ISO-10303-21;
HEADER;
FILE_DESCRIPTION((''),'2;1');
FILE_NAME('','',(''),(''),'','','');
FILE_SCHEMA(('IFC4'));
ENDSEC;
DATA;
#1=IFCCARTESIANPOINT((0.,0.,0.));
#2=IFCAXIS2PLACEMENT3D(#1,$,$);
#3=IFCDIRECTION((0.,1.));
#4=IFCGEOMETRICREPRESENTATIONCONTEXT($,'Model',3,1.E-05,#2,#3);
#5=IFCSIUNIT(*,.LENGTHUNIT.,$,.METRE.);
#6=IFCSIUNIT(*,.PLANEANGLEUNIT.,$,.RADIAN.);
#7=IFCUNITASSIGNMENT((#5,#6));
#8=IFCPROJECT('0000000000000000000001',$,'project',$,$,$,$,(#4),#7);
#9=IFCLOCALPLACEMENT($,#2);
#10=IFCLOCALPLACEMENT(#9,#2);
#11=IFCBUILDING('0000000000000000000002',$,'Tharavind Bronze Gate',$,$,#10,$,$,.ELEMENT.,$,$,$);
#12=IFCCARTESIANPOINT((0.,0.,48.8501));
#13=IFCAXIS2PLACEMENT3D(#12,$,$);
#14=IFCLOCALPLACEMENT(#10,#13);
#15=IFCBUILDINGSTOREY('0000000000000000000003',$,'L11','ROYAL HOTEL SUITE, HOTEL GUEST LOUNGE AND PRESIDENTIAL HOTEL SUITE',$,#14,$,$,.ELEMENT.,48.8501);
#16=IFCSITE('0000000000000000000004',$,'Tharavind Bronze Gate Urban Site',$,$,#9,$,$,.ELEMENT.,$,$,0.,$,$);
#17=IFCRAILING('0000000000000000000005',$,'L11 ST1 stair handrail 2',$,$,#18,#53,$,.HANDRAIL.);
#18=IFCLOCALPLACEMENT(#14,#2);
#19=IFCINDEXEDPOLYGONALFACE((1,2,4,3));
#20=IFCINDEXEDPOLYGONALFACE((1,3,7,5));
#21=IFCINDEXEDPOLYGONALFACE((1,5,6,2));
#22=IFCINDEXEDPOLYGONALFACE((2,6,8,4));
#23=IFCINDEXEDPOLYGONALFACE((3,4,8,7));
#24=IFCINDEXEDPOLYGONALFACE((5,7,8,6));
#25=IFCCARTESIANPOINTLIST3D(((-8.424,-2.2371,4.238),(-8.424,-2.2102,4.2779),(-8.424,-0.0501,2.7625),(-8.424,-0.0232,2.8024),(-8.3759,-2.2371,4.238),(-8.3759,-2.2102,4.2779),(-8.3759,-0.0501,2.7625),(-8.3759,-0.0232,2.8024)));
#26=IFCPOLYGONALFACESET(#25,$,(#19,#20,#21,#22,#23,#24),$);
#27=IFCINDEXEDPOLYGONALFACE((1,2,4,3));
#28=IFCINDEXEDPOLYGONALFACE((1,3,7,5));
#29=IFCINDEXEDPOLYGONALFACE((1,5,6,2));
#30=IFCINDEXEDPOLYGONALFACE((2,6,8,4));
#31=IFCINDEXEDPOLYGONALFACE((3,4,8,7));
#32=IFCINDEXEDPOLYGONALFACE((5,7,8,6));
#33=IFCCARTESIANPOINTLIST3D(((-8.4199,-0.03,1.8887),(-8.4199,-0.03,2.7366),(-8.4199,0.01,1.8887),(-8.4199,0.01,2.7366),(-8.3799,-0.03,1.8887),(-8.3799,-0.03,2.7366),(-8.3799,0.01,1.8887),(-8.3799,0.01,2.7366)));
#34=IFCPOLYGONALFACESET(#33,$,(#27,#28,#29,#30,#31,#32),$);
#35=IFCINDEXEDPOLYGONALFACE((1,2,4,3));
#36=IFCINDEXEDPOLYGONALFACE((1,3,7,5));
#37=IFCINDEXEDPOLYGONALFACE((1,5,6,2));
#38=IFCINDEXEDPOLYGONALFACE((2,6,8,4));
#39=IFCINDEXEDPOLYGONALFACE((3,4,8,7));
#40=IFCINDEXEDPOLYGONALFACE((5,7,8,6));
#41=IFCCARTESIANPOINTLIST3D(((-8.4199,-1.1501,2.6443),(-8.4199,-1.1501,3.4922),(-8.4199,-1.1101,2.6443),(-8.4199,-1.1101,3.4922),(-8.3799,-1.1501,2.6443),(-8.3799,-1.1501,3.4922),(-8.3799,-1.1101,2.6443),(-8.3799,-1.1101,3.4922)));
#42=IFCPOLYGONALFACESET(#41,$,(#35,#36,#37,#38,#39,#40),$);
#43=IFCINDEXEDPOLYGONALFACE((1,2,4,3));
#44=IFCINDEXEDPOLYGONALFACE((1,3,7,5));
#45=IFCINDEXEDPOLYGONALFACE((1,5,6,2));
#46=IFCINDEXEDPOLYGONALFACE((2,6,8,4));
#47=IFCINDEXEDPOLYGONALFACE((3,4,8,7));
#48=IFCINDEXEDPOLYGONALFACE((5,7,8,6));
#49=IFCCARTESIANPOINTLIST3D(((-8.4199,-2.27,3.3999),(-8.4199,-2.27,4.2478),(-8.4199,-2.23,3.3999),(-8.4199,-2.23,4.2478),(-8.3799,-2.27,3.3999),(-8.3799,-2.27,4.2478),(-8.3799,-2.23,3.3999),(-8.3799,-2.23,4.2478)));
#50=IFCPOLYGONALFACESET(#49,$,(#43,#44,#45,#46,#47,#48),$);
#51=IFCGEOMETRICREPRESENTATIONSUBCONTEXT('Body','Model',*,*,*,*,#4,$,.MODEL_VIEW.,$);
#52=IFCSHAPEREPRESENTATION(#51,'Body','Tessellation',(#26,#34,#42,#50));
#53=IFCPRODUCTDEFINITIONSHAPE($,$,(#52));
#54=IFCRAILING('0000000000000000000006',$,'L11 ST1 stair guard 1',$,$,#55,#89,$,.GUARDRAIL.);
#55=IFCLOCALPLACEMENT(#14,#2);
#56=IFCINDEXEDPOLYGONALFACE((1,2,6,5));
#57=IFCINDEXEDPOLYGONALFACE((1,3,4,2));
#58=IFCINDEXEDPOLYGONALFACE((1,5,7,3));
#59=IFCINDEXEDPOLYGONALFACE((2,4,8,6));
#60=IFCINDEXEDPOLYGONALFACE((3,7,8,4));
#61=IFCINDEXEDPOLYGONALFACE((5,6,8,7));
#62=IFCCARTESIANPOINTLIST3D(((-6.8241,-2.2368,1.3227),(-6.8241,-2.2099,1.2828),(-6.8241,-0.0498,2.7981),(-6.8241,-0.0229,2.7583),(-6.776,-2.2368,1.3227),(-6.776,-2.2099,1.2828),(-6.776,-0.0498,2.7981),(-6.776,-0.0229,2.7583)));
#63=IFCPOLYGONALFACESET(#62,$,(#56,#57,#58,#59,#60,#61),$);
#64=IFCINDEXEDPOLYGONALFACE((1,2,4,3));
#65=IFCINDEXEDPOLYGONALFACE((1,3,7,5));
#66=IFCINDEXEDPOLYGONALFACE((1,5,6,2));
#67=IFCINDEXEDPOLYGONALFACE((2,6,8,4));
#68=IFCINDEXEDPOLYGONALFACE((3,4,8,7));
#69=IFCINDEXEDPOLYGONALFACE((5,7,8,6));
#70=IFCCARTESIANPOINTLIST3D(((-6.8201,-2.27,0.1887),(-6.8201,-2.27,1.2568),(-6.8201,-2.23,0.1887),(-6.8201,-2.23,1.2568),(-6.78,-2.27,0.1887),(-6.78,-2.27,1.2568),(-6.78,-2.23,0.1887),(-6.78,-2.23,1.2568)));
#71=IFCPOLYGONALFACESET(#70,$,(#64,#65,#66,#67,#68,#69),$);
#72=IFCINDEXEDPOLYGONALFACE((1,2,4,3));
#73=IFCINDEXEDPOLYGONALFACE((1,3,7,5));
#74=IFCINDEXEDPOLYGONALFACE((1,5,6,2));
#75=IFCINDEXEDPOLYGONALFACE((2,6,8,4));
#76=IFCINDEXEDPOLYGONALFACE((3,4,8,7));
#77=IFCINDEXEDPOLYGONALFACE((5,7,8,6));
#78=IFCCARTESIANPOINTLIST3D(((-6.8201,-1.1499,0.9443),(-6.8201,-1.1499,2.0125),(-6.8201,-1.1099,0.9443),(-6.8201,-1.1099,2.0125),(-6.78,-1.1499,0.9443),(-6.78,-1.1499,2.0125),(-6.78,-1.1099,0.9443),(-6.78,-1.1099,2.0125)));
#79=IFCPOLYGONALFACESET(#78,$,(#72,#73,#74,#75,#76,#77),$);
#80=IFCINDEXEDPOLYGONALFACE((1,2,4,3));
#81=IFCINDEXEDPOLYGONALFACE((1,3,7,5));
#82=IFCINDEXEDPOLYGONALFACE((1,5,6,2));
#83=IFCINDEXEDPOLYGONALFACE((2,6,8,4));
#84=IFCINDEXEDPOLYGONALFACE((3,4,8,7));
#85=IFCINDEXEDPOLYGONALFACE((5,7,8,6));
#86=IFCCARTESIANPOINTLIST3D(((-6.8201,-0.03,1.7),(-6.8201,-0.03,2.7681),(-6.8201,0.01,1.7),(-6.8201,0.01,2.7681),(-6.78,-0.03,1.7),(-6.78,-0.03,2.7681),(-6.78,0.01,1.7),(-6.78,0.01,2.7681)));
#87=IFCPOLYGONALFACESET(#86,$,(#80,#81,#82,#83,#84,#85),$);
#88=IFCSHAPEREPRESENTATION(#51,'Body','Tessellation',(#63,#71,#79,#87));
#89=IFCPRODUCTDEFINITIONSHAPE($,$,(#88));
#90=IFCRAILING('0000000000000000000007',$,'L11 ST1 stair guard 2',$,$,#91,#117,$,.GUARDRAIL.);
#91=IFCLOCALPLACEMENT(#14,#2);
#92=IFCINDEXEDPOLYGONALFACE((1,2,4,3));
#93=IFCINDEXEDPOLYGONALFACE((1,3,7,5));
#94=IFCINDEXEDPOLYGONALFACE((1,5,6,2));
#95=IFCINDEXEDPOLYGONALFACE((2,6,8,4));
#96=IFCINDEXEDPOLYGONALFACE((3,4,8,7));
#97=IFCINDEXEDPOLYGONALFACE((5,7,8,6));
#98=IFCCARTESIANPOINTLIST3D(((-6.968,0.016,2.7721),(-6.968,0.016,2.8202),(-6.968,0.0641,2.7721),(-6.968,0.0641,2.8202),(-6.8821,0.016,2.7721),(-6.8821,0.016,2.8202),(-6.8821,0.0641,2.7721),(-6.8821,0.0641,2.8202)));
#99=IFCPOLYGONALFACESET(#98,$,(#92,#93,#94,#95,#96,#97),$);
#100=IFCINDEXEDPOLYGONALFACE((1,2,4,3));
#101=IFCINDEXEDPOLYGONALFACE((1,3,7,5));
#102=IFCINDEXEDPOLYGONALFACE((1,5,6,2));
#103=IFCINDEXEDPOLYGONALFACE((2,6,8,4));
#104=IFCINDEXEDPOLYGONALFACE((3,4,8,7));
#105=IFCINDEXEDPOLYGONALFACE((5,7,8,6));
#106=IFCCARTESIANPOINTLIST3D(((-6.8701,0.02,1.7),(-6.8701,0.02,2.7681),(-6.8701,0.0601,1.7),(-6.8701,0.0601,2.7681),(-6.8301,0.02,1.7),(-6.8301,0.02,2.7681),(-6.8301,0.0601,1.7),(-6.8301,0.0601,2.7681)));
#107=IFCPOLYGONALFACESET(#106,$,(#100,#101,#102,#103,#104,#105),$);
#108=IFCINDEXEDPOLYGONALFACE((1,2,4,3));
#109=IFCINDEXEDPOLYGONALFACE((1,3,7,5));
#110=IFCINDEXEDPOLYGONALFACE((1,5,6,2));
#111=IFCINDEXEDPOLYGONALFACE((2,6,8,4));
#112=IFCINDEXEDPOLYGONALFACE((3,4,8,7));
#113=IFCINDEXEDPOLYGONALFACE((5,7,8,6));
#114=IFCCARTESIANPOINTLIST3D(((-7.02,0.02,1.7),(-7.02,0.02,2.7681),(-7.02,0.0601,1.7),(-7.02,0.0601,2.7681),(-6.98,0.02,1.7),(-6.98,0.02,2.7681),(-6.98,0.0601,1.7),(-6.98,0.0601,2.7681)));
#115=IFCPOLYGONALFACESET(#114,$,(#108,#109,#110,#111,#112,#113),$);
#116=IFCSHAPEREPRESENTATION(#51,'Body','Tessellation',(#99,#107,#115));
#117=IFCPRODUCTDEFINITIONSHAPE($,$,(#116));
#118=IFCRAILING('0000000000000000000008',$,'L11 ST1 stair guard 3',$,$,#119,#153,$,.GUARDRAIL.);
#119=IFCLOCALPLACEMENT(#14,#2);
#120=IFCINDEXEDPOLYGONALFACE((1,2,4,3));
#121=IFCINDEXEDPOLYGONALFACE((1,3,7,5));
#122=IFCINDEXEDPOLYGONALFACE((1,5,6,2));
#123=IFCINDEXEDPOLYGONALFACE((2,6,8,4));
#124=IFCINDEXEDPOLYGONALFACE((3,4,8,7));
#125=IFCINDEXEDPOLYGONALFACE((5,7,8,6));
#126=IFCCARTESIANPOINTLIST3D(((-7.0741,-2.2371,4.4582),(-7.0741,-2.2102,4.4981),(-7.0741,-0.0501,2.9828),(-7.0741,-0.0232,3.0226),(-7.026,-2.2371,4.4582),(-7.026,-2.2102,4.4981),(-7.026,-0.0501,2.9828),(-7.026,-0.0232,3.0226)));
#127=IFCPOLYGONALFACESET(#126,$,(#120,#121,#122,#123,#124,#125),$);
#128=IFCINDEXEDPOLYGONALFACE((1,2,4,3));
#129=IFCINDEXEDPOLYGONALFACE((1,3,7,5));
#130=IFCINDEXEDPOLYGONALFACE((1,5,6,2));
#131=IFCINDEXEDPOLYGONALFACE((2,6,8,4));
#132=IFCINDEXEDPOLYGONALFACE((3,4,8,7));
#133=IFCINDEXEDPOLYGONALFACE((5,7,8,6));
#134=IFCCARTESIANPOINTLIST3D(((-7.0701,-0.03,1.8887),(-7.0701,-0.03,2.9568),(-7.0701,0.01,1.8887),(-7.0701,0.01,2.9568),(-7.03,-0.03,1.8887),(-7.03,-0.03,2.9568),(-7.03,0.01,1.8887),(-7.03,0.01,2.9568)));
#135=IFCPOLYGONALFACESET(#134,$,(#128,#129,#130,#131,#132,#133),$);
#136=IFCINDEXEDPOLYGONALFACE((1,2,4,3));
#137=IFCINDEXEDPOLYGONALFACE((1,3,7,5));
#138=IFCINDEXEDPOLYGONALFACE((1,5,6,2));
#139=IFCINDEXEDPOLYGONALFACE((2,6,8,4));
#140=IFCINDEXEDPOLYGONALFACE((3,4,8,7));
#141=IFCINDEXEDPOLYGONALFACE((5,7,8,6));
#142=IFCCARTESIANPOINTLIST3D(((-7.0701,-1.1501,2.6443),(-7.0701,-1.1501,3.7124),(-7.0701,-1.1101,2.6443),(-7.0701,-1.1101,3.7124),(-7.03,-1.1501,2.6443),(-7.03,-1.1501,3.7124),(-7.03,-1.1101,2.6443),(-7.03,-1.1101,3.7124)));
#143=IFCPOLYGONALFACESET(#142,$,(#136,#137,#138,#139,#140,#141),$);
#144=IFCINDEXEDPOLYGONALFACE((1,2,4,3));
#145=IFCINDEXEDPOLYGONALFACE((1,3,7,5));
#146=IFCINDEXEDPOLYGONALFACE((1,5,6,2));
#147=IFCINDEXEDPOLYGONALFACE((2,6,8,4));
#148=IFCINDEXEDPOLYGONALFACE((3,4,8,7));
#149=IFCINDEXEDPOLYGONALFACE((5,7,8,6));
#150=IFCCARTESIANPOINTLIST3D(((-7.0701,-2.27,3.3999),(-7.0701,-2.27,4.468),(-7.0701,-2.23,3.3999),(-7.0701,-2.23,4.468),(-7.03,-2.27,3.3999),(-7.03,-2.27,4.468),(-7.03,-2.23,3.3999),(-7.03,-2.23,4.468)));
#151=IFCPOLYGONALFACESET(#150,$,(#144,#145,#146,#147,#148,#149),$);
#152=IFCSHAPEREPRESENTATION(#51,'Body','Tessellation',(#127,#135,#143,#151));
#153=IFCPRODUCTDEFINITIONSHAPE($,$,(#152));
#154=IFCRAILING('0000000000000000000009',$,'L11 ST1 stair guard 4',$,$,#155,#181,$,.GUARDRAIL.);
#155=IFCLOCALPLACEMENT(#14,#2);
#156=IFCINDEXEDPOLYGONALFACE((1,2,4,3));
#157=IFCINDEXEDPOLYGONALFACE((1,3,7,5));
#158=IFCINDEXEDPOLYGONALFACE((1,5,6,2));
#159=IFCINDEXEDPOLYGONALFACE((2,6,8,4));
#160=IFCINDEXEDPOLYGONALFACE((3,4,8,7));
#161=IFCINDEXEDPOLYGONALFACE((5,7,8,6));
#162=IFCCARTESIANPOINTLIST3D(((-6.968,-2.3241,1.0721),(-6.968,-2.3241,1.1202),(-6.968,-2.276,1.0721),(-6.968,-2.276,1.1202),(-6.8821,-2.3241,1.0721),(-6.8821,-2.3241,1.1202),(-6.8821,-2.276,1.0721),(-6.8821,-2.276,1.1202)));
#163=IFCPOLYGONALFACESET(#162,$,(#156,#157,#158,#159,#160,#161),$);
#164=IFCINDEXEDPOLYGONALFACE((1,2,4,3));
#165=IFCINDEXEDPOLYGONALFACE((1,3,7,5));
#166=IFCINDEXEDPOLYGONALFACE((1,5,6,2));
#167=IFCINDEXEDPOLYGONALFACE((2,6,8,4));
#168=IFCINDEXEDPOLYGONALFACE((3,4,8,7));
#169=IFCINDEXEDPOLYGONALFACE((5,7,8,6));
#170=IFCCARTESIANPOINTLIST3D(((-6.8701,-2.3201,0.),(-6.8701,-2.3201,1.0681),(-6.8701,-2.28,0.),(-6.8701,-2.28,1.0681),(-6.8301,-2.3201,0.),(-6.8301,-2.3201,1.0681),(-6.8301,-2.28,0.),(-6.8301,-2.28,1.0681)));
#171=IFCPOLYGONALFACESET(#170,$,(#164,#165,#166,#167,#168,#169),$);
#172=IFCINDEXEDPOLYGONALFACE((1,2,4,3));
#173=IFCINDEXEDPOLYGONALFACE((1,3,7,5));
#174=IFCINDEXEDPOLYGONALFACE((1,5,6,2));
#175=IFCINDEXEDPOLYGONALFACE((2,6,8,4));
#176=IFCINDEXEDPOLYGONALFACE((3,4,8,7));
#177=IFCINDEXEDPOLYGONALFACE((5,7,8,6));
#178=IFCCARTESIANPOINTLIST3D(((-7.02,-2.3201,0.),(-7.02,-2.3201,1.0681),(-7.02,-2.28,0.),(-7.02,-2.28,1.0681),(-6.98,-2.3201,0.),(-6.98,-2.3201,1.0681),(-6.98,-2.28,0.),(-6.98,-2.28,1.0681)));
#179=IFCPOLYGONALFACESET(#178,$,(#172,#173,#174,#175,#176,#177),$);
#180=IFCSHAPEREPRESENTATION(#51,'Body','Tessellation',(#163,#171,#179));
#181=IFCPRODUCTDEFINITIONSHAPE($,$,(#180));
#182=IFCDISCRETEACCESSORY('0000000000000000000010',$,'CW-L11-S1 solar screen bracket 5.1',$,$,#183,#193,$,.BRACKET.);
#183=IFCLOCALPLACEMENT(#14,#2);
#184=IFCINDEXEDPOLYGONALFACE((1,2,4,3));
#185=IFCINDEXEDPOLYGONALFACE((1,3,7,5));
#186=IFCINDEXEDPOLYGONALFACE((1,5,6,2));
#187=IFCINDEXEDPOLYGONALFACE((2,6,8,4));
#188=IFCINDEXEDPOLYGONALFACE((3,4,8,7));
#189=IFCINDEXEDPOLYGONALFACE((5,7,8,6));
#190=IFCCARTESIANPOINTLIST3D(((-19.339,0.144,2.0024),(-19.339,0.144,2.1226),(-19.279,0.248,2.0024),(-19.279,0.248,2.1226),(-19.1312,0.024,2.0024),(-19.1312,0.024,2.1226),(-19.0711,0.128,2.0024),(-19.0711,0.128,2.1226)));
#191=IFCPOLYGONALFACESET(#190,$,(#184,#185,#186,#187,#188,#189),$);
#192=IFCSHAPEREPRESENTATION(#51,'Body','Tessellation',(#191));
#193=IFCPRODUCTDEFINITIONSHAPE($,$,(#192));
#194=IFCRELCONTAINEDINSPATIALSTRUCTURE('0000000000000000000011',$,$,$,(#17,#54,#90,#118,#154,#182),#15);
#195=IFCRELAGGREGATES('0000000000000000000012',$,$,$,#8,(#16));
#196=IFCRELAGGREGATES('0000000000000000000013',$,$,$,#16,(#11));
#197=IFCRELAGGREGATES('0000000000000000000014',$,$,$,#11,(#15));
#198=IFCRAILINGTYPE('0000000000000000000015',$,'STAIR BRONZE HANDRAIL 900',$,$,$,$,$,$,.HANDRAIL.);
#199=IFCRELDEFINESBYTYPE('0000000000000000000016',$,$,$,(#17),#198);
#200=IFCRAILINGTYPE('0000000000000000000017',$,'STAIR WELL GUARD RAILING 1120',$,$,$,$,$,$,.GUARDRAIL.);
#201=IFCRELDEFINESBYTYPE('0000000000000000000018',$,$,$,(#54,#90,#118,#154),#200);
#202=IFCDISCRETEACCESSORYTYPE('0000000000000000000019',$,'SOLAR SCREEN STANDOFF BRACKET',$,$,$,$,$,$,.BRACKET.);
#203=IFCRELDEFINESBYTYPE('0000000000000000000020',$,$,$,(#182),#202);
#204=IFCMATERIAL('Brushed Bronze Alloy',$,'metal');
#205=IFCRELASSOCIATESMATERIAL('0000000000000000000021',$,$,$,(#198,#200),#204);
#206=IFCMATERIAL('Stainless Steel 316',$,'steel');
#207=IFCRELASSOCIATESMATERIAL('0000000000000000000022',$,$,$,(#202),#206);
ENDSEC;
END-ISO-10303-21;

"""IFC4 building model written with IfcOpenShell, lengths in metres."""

from ifc_helpers import new_model, si_unit, direction, frame, origin, origin_2d, place, context, subcontext, project, spatial, rectangle, extrude, material, type_object, element, save


model = new_model("IFC4")

# Units and contexts
model_context = context("Model", 3, precision=1e-05, world=origin(), true_north=direction((0.0, 1.0)))
body_context = subcontext(model_context, "Body", "Model", "MODEL_VIEW")
ifc_project = project(units=[si_unit("LENGTHUNIT", "METRE"), si_unit("PLANEANGLEUNIT", "RADIAN")], contexts=[model_context])

# Site, building, storey
site_placement = place(None, origin())
site = spatial("IfcSite", under=ifc_project, at=site_placement, Name="Tharavind Bronze Gate Urban Site", CompositionType="ELEMENT", RefElevation=0.0)
building_placement = place(site_placement, origin())
building = spatial("IfcBuilding", under=site, at=building_placement, Name="Tharavind Bronze Gate", CompositionType="ELEMENT")
storey_placement = place(building_placement, frame((0.0, 0.0, 48.8501)))
storey = spatial("IfcBuildingStorey", under=building, at=storey_placement, Name="L11", Description="ROYAL HOTEL SUITE, HOTEL GUEST LOUNGE AND PRESIDENTIAL HOTEL SUITE", CompositionType="ELEMENT", Elevation=48.8501)

# Railings
ifc_material_1 = material(Name="Brushed Bronze Alloy", Category="metal")
railing_type_1 = type_object("IfcRailingType", Name="STAIR BRONZE HANDRAIL 900", PredefinedType="HANDRAIL", material=ifc_material_1)
railing_1_placement = place(storey_placement, frame((-8.3999, -0.01, 1.8887)))
element("IfcRailing", 1, at=railing_1_placement, inside=storey, type_object=railing_type_1, Name="L11 ST1 stair handrail 2", PredefinedType="HANDRAIL", context=body_context, shape_type="SweptSolid", body=[
    extrude(rectangle(XDim=0.0481, YDim=0.0481, at=origin_2d()), frame((0.0, -0.0266, 0.8938), z_axis=(0.0, -0.82898, 0.559279), x_axis=(1.0, 0.0, 0.0)), (0.0, 0.0, 1.0), 2.6382),
    extrude(rectangle(XDim=0.04, YDim=0.04, at=origin_2d()), origin(), (0.0, 0.0, 1.0), 0.8479),
    extrude(rectangle(XDim=0.04, YDim=0.04, at=origin_2d()), frame((0.0, -1.1201, 0.7556)), (0.0, 0.0, 1.0), 0.8479),
    extrude(rectangle(XDim=0.04, YDim=0.04, at=origin_2d()), frame((0.0, -2.24, 1.5112)), (0.0, 0.0, 1.0), 0.8479),
])
railing_type_2 = type_object("IfcRailingType", Name="STAIR WELL GUARD RAILING 1120", PredefinedType="GUARDRAIL", material=ifc_material_1)
railing_2_placement = place(storey_placement, frame((-6.8, -2.25, 0.1887)))
element("IfcRailing", 2, at=railing_2_placement, inside=storey, type_object=railing_type_2, Name="L11 ST1 stair guard 1", PredefinedType="GUARDRAIL", context=body_context, shape_type="SweptSolid", body=[
    extrude(rectangle(XDim=0.0481, YDim=0.0481, at=origin_2d()), frame((0.0, 0.0266, 1.114), z_axis=(0.0, 0.82898, 0.559279), x_axis=(-1.0, 0.0, 0.0)), (0.0, 0.0, 1.0), 2.6382),
    extrude(rectangle(XDim=0.04, YDim=0.04, at=origin_2d()), origin(), (0.0, 0.0, 1.0), 1.0681),
    extrude(rectangle(XDim=0.04, YDim=0.04, at=origin_2d()), frame((0.0, 1.1201, 0.7556)), (0.0, 0.0, 1.0), 1.0681),
    extrude(rectangle(XDim=0.04, YDim=0.04, at=origin_2d()), frame((0.0, 2.24, 1.5112)), (0.0, 0.0, 1.0), 1.0681),
])
railing_3_placement = place(storey_placement, frame((-6.8501, 0.04, 1.7)))
element("IfcRailing", 3, at=railing_3_placement, inside=storey, type_object=railing_type_2, Name="L11 ST1 stair guard 2", PredefinedType="GUARDRAIL", context=body_context, shape_type="SweptSolid", body=[
    extrude(rectangle(XDim=0.0481, YDim=0.0481, at=origin_2d()), frame((-0.032, 0.0, 1.0962), z_axis=(-1.0, 0.0, 0.0), x_axis=(0.0, -1.0, 0.0)), (0.0, 0.0, 1.0), 0.0859),
    extrude(rectangle(XDim=0.04, YDim=0.04, at=origin_2d()), origin(), (0.0, 0.0, 1.0), 1.0681),
    extrude(rectangle(XDim=0.04, YDim=0.04, at=origin_2d()), frame((-0.1499, 0.0, 0.0)), (0.0, 0.0, 1.0), 1.0681),
])
railing_4_placement = place(storey_placement, frame((-7.05, -0.01, 1.8887)))
element("IfcRailing", 4, at=railing_4_placement, inside=storey, type_object=railing_type_2, Name="L11 ST1 stair guard 3", PredefinedType="GUARDRAIL", context=body_context, shape_type="SweptSolid", body=[
    extrude(rectangle(XDim=0.0481, YDim=0.0481, at=origin_2d()), frame((0.0, -0.0266, 1.114), z_axis=(0.0, -0.82898, 0.559279), x_axis=(1.0, 0.0, 0.0)), (0.0, 0.0, 1.0), 2.6382),
    extrude(rectangle(XDim=0.04, YDim=0.04, at=origin_2d()), origin(), (0.0, 0.0, 1.0), 1.0681),
    extrude(rectangle(XDim=0.04, YDim=0.04, at=origin_2d()), frame((0.0, -1.1201, 0.7556)), (0.0, 0.0, 1.0), 1.0681),
    extrude(rectangle(XDim=0.04, YDim=0.04, at=origin_2d()), frame((0.0, -2.24, 1.5112)), (0.0, 0.0, 1.0), 1.0681),
])
railing_5_placement = place(storey_placement, frame((-6.8501, -2.3, 0.0)))
element("IfcRailing", 5, at=railing_5_placement, inside=storey, type_object=railing_type_2, Name="L11 ST1 stair guard 4", PredefinedType="GUARDRAIL", context=body_context, shape_type="SweptSolid", body=[
    extrude(rectangle(XDim=0.0481, YDim=0.0481, at=origin_2d()), frame((-0.032, 0.0, 1.0962), z_axis=(-1.0, 0.0, 0.0), x_axis=(0.0, -1.0, 0.0)), (0.0, 0.0, 1.0), 0.0859),
    extrude(rectangle(XDim=0.04, YDim=0.04, at=origin_2d()), origin(), (0.0, 0.0, 1.0), 1.0681),
    extrude(rectangle(XDim=0.04, YDim=0.04, at=origin_2d()), frame((-0.1499, 0.0, 0.0)), (0.0, 0.0, 1.0), 1.0681),
])

# Discrete accessory
ifc_material_2 = material(Name="Stainless Steel 316", Category="steel")
discrete_accessory_type = type_object("IfcDiscreteAccessoryType", Name="SOLAR SCREEN STANDOFF BRACKET", PredefinedType="BRACKET", material=ifc_material_2)
discrete_accessory_placement = place(storey_placement, frame((-19.2051, 0.136, 2.0024), z_axis=(0.0, 0.0, 1.0), x_axis=(-0.500002, -0.866025, 0.0)))
element("IfcDiscreteAccessory", 6, at=discrete_accessory_placement, inside=storey, type_object=discrete_accessory_type, Name="CW-L11-S1 solar screen bracket 5.1", PredefinedType="BRACKET", context=body_context, shape_type="SweptSolid", body=[
    extrude(rectangle(XDim=0.1201, YDim=0.24, at=origin_2d()), origin(), (0.0, 0.0, 1.0), 0.1201),
])

save(model, "model.ifc")
